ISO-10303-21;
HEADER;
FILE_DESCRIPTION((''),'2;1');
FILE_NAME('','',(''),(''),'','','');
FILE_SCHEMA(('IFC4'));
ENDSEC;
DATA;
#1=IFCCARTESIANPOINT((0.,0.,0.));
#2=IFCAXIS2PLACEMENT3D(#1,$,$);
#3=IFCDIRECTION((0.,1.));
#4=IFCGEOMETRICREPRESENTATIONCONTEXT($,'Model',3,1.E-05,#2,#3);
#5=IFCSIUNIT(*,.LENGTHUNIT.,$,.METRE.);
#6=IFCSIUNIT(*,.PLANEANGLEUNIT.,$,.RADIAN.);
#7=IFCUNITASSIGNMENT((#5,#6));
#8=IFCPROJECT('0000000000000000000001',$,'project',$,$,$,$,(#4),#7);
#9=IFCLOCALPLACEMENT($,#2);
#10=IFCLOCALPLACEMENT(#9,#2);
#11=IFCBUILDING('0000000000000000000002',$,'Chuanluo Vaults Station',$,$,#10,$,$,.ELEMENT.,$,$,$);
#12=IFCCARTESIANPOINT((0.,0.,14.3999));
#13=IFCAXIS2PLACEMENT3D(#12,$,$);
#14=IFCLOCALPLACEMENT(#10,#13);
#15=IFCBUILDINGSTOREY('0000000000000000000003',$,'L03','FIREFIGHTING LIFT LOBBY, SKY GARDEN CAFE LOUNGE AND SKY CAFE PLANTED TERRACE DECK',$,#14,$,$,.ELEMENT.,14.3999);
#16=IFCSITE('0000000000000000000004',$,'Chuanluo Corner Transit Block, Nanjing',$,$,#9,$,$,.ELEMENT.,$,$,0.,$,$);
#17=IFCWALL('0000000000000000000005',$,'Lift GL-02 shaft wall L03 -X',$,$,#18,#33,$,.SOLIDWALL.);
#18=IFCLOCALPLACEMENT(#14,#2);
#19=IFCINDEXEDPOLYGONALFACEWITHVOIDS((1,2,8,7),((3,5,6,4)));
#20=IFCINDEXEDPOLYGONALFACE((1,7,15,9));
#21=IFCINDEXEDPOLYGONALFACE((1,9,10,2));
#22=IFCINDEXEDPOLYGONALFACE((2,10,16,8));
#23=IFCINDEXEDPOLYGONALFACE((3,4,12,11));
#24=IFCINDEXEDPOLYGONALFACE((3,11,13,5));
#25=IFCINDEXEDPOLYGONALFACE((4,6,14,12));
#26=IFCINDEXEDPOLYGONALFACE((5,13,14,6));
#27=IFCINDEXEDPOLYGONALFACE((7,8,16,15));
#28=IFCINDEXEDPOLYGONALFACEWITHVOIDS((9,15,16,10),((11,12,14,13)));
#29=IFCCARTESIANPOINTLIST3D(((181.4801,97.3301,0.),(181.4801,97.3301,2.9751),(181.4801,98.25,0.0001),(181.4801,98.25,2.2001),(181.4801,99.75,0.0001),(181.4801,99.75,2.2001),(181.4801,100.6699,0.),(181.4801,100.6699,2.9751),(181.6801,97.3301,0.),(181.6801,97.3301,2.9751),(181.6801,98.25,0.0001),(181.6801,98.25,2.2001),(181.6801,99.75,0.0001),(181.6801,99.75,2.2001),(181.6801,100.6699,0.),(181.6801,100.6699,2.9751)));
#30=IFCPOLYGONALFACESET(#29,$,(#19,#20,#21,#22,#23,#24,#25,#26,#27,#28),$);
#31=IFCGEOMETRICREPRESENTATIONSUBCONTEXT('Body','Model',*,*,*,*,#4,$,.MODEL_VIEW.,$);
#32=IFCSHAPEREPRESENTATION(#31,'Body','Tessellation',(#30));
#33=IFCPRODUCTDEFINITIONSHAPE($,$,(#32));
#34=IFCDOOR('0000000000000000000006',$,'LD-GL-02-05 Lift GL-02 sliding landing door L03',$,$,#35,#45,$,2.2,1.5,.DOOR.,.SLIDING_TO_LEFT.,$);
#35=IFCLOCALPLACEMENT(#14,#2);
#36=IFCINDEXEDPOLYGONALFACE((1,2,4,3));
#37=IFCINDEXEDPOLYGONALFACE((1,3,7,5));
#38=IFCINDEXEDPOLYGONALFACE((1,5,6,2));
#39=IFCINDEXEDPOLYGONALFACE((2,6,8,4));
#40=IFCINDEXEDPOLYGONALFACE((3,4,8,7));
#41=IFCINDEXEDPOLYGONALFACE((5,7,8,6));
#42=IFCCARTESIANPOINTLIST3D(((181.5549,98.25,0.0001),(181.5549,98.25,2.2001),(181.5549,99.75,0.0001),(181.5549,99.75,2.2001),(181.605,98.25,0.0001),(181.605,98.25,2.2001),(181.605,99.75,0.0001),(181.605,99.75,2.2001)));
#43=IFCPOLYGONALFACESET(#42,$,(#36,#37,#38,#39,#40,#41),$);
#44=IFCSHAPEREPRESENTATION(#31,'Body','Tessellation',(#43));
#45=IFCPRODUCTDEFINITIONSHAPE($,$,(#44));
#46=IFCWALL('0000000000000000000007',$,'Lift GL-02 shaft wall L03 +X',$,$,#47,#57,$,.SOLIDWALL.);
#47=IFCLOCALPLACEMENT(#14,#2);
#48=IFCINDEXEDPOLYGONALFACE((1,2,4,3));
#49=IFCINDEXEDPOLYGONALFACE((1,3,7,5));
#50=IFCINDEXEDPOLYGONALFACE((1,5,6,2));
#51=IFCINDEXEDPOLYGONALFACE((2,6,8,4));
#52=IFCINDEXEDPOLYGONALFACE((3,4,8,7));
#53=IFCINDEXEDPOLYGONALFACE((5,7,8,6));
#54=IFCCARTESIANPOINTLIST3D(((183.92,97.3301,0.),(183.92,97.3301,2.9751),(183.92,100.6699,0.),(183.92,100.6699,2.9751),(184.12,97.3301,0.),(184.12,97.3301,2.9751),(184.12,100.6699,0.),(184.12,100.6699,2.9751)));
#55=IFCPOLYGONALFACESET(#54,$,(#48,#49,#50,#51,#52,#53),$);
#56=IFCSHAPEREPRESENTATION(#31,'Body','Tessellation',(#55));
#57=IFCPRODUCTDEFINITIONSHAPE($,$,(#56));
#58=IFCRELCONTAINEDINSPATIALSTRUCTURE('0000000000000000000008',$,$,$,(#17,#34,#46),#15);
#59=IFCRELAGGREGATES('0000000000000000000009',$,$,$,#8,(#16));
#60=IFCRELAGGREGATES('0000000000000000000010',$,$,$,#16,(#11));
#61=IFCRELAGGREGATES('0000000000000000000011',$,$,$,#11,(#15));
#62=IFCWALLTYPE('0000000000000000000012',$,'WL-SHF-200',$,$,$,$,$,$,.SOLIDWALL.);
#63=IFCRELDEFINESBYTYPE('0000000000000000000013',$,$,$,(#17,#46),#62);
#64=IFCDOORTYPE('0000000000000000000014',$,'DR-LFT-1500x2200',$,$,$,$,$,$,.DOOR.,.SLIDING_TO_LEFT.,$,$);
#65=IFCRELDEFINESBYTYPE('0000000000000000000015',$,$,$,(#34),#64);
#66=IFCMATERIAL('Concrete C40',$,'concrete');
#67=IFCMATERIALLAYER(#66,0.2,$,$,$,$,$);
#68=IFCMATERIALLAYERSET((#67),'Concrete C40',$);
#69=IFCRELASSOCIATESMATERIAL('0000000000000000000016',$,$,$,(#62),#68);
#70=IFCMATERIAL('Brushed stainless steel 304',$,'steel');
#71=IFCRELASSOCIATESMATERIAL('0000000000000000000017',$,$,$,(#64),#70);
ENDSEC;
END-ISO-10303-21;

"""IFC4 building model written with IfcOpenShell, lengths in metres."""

from ifc_helpers import new_model, si_unit, direction, frame, frame_2d, origin, place, context, subcontext, project, spatial, rectangle, extrude, material, layer, layer_set, type_object, element, fill, save


model = new_model("IFC4")

# Units and contexts
model_context = context("Model", 3, precision=1e-05, world=origin(), true_north=direction((0.0, 1.0)))
body_context = subcontext(model_context, "Body", "Model", "MODEL_VIEW")
ifc_project = project(units=[si_unit("LENGTHUNIT", "METRE"), si_unit("PLANEANGLEUNIT", "RADIAN")], contexts=[model_context])

# Site, building, storey
site_placement = place(None, origin())
site = spatial("IfcSite", under=ifc_project, at=site_placement, Name="Chuanluo Corner Transit Block, Nanjing", CompositionType="ELEMENT", RefElevation=0.0)
building_placement = place(site_placement, origin())
building = spatial("IfcBuilding", under=site, at=building_placement, Name="Chuanluo Vaults Station", CompositionType="ELEMENT")
storey_placement = place(building_placement, frame((0.0, 0.0, 14.3999)))
storey = spatial("IfcBuildingStorey", under=building, at=storey_placement, Name="L03", Description="FIREFIGHTING LIFT LOBBY, SKY GARDEN CAFE LOUNGE AND SKY CAFE PLANTED TERRACE DECK", CompositionType="ELEMENT", Elevation=14.3999)

# Shared definitions
ifc_material_1 = material(Name="Concrete C40", Category="concrete")
ifc_layer_1 = layer(ifc_material_1, 0.2)
ifc_layer_set_1 = layer_set([ifc_layer_1], Name="Concrete C40")
wall_type_1 = type_object("IfcWallType", Name="WL-SHF-200", PredefinedType="SOLIDWALL", material=ifc_layer_set_1)

# Wall, opening, door
wall_1_placement = place(storey_placement, frame((181.5801, 100.6699, 0.0), z_axis=(0.0, 0.0, 1.0), x_axis=(0.0, -1.0, 0.0)))
wall_1 = element("IfcWall", 1, at=wall_1_placement, inside=storey, type_object=wall_type_1, Name="Lift GL-02 shaft wall L03 -X", PredefinedType="SOLIDWALL", context=body_context, shape_type="SweptSolid", body=[
    extrude(rectangle(XDim=3.3398, YDim=0.2, at=frame_2d((1.6699, 0.0))), origin(), (0.0, 0.0, 1.0), 2.9751),
])
opening_1_placement = place(wall_1_placement, frame((0.9199, 0.0, 0.0)))
opening_1 = element("IfcOpeningElement", 2, at=opening_1_placement, cuts=wall_1, PredefinedType="OPENING", context=body_context, shape_type="SweptSolid", body=[
    extrude(rectangle(XDim=1.5, YDim=2.2, at=frame_2d((0.75, 1.1001))), frame((0.0, 0.1101, 0.0), z_axis=(0.0, -1.0, 0.0), x_axis=(1.0, 0.0, 0.0)), (0.0, 0.0, 1.0), 0.22),
])
ifc_material_2 = material(Name="Brushed stainless steel 304", Category="steel")
door_type_1 = type_object("IfcDoorType", Name="DR-LFT-1500x2200", OperationType="SLIDING_TO_LEFT", PredefinedType="DOOR", material=ifc_material_2)
door_1_placement = place(opening_1_placement, origin())
door_1 = element("IfcDoor", 3, at=door_1_placement, inside=storey, type_object=door_type_1, Name="LD-GL-02-05 Lift GL-02 sliding landing door L03", OperationType="SLIDING_TO_LEFT", OverallHeight=2.2, OverallWidth=1.5, PredefinedType="DOOR", context=body_context, shape_type="SweptSolid", body=[
    extrude(rectangle(XDim=1.5, YDim=2.2, at=frame_2d((0.75, 1.1001))), frame((0.0, 0.0249, 0.0), z_axis=(0.0, -1.0, 0.0), x_axis=(1.0, 0.0, 0.0)), (0.0, 0.0, 1.0), 0.05),
])
fill(opening_1, door_1)

# Wall
wall_2_placement = place(storey_placement, frame((184.02, 97.3301, 0.0), z_axis=(0.0, 0.0, 1.0), x_axis=(0.0, 1.0, 0.0)))
element("IfcWall", 4, at=wall_2_placement, inside=storey, type_object=wall_type_1, Name="Lift GL-02 shaft wall L03 +X", PredefinedType="SOLIDWALL", context=body_context, shape_type="SweptSolid", body=[
    extrude(rectangle(XDim=3.3398, YDim=0.2, at=frame_2d((1.6699, 0.0))), origin(), (0.0, 0.0, 1.0), 2.9751),
])

save(model, "model.ifc")
